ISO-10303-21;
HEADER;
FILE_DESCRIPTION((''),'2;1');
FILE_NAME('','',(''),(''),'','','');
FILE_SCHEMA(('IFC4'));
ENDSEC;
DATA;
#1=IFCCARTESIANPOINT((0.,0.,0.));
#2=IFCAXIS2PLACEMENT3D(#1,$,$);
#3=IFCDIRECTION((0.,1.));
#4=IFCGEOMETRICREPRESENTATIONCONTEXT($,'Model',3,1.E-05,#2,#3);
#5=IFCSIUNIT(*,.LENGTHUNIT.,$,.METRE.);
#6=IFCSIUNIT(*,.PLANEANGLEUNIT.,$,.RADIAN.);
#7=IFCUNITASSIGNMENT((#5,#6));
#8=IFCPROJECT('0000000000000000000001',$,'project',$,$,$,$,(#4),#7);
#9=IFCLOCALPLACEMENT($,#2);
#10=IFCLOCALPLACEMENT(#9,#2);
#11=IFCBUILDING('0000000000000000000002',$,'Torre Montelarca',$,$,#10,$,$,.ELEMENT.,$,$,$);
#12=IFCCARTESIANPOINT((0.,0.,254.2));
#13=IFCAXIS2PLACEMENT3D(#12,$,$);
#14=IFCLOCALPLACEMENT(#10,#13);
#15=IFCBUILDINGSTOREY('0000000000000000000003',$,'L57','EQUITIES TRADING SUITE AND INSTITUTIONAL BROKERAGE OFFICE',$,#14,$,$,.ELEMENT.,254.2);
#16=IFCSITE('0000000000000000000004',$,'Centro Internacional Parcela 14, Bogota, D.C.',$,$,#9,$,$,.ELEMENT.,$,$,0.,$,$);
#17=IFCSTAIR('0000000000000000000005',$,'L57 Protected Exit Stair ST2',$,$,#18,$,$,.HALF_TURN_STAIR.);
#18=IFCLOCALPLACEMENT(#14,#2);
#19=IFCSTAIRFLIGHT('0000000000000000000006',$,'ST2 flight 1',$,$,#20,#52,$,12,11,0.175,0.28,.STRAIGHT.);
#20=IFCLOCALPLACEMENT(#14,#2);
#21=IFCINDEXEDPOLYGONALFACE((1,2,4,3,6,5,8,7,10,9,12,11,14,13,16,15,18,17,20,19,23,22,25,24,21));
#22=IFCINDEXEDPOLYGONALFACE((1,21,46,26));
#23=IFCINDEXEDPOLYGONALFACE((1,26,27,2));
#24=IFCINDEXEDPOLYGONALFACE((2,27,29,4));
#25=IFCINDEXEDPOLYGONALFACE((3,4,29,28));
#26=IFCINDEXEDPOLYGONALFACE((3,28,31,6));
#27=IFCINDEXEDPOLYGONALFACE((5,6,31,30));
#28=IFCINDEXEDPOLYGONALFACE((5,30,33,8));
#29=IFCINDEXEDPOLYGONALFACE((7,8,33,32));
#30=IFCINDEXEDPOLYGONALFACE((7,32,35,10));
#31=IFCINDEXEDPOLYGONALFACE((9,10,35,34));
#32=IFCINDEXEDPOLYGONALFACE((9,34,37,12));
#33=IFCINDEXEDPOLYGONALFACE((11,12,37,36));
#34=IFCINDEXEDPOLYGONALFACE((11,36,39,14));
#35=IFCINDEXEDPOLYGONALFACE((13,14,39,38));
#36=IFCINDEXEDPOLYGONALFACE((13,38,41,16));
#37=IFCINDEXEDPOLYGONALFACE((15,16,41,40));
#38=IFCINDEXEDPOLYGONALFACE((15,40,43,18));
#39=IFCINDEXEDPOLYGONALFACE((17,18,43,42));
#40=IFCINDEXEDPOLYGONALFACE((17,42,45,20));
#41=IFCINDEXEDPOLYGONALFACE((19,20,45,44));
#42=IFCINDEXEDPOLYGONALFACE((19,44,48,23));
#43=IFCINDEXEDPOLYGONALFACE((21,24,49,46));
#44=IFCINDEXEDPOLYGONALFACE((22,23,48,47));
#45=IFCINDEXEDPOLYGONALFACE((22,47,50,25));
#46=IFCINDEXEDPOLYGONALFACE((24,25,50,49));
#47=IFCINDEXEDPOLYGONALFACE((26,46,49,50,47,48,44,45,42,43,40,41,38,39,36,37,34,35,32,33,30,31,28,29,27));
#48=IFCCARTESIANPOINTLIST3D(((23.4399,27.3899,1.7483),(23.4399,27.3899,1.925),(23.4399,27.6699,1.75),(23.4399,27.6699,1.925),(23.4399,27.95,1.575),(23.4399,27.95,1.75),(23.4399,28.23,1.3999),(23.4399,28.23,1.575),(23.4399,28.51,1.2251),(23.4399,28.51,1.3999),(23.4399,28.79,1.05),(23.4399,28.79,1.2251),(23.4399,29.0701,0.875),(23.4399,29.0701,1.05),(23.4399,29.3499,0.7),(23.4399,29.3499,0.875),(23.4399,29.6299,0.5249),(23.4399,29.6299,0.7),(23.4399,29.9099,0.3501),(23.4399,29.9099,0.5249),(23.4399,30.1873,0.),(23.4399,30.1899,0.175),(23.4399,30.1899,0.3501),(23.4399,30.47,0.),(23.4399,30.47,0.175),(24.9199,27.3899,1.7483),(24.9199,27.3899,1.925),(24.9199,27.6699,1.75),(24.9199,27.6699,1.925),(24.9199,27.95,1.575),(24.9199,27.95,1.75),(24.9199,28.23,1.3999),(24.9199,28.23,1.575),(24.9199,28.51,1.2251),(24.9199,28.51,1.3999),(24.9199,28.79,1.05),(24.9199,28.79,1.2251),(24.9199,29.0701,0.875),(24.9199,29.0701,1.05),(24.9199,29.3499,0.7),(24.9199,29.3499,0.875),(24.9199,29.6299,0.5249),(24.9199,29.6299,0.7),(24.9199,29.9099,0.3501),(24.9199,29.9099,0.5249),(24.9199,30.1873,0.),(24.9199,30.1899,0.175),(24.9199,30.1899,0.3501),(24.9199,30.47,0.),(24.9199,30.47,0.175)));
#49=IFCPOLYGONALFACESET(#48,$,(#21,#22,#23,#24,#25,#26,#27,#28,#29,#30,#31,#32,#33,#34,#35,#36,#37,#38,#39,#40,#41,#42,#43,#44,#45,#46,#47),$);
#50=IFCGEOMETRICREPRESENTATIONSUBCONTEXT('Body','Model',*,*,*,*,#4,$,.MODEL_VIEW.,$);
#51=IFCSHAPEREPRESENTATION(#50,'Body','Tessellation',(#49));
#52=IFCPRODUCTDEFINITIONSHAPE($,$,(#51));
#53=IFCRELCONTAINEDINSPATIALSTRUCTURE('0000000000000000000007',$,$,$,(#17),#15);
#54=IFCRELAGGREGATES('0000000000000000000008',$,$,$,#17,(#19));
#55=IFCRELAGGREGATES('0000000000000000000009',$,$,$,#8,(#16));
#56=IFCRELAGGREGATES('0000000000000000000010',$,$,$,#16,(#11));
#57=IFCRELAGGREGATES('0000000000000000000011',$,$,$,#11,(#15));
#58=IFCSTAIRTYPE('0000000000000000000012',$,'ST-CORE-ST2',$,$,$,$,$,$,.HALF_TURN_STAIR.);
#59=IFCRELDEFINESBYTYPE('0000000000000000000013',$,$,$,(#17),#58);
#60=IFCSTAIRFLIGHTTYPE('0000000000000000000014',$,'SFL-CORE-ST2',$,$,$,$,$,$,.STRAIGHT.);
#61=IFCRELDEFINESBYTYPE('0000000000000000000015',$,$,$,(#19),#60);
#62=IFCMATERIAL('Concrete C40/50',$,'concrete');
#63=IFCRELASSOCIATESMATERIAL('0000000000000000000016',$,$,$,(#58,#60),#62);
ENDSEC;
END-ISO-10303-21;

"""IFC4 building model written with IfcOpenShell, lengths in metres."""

from ifc_helpers import new_model, si_unit, direction, frame, origin, place, context, subcontext, project, spatial, polyline, outline, extrude, material, type_object, element, aggregate, save


model = new_model("IFC4")

# Units and contexts
model_context = context("Model", 3, precision=1e-05, world=origin(), true_north=direction((0.0, 1.0)))
body_context = subcontext(model_context, "Body", "Model", "MODEL_VIEW")
ifc_project = project(units=[si_unit("LENGTHUNIT", "METRE"), si_unit("PLANEANGLEUNIT", "RADIAN")], contexts=[model_context])

# Site, building, storey
site_placement = place(None, origin())
site = spatial("IfcSite", under=ifc_project, at=site_placement, Name="Centro Internacional Parcela 14, Bogota, D.C.", CompositionType="ELEMENT", RefElevation=0.0)
building_placement = place(site_placement, origin())
building = spatial("IfcBuilding", under=site, at=building_placement, Name="Torre Montelarca", CompositionType="ELEMENT")
storey_placement = place(building_placement, frame((0.0, 0.0, 254.2)))
storey = spatial("IfcBuildingStorey", under=building, at=storey_placement, Name="L57", Description="EQUITIES TRADING SUITE AND INSTITUTIONAL BROKERAGE OFFICE", CompositionType="ELEMENT", Elevation=254.2)

# Shared definitions
ifc_material_1 = material(Name="Concrete C40/50", Category="concrete")

# Stair, stair flight
stair_type = type_object("IfcStairType", Name="ST-CORE-ST2", PredefinedType="HALF_TURN_STAIR", material=ifc_material_1)
stair_placement = place(storey_placement, origin())
stair = element("IfcStair", 1, at=stair_placement, inside=storey, type_object=stair_type, Name="L57 Protected Exit Stair ST2", PredefinedType="HALF_TURN_STAIR")
stair_flight_type = type_object("IfcStairFlightType", Name="SFL-CORE-ST2", PredefinedType="STRAIGHT", material=ifc_material_1)
stair_flight_placement = place(storey_placement, frame((24.1799, 30.47, 0.0), z_axis=(0.0, 0.0, 1.0), x_axis=(0.0, -1.0, 0.0)))
stair_flight = element("IfcStairFlight", 2, at=stair_flight_placement, type_object=stair_flight_type, Name="ST2 flight 1", NumberOfRisers=12, NumberOfTreads=11, PredefinedType="STRAIGHT", RiserHeight=0.175, TreadLength=0.28, context=body_context, shape_type="SweptSolid", body=[
    extrude(outline(polyline([(0.0, 0.0), (0.0, 0.175), (0.28, 0.175), (0.28, 0.3501), (0.5601, 0.3501), (0.5601, 0.5249), (0.8401, 0.5249), (0.8401, 0.7), (1.1201, 0.7), (1.1201, 0.875), (1.3999, 0.875), (1.3999, 1.05), (1.6799, 1.05), (1.6799, 1.2251), (1.96, 1.2251), (1.96, 1.3999), (2.24, 1.3999), (2.24, 1.575), (2.52, 1.575), (2.52, 1.75), (2.8, 1.75), (2.8, 1.925), (3.0801, 1.925), (3.0801, 2.1001), (3.0801, 1.7483), (0.2827, 0.0), (0.0, 0.0)])), frame((0.0, 0.74, 0.0), z_axis=(0.0, -1.0, 0.0), x_axis=(1.0, 0.0, 0.0)), (0.0, 0.0, 1.0), 1.48),
])
aggregate(stair, [stair_flight])

save(model, "model.ifc")
